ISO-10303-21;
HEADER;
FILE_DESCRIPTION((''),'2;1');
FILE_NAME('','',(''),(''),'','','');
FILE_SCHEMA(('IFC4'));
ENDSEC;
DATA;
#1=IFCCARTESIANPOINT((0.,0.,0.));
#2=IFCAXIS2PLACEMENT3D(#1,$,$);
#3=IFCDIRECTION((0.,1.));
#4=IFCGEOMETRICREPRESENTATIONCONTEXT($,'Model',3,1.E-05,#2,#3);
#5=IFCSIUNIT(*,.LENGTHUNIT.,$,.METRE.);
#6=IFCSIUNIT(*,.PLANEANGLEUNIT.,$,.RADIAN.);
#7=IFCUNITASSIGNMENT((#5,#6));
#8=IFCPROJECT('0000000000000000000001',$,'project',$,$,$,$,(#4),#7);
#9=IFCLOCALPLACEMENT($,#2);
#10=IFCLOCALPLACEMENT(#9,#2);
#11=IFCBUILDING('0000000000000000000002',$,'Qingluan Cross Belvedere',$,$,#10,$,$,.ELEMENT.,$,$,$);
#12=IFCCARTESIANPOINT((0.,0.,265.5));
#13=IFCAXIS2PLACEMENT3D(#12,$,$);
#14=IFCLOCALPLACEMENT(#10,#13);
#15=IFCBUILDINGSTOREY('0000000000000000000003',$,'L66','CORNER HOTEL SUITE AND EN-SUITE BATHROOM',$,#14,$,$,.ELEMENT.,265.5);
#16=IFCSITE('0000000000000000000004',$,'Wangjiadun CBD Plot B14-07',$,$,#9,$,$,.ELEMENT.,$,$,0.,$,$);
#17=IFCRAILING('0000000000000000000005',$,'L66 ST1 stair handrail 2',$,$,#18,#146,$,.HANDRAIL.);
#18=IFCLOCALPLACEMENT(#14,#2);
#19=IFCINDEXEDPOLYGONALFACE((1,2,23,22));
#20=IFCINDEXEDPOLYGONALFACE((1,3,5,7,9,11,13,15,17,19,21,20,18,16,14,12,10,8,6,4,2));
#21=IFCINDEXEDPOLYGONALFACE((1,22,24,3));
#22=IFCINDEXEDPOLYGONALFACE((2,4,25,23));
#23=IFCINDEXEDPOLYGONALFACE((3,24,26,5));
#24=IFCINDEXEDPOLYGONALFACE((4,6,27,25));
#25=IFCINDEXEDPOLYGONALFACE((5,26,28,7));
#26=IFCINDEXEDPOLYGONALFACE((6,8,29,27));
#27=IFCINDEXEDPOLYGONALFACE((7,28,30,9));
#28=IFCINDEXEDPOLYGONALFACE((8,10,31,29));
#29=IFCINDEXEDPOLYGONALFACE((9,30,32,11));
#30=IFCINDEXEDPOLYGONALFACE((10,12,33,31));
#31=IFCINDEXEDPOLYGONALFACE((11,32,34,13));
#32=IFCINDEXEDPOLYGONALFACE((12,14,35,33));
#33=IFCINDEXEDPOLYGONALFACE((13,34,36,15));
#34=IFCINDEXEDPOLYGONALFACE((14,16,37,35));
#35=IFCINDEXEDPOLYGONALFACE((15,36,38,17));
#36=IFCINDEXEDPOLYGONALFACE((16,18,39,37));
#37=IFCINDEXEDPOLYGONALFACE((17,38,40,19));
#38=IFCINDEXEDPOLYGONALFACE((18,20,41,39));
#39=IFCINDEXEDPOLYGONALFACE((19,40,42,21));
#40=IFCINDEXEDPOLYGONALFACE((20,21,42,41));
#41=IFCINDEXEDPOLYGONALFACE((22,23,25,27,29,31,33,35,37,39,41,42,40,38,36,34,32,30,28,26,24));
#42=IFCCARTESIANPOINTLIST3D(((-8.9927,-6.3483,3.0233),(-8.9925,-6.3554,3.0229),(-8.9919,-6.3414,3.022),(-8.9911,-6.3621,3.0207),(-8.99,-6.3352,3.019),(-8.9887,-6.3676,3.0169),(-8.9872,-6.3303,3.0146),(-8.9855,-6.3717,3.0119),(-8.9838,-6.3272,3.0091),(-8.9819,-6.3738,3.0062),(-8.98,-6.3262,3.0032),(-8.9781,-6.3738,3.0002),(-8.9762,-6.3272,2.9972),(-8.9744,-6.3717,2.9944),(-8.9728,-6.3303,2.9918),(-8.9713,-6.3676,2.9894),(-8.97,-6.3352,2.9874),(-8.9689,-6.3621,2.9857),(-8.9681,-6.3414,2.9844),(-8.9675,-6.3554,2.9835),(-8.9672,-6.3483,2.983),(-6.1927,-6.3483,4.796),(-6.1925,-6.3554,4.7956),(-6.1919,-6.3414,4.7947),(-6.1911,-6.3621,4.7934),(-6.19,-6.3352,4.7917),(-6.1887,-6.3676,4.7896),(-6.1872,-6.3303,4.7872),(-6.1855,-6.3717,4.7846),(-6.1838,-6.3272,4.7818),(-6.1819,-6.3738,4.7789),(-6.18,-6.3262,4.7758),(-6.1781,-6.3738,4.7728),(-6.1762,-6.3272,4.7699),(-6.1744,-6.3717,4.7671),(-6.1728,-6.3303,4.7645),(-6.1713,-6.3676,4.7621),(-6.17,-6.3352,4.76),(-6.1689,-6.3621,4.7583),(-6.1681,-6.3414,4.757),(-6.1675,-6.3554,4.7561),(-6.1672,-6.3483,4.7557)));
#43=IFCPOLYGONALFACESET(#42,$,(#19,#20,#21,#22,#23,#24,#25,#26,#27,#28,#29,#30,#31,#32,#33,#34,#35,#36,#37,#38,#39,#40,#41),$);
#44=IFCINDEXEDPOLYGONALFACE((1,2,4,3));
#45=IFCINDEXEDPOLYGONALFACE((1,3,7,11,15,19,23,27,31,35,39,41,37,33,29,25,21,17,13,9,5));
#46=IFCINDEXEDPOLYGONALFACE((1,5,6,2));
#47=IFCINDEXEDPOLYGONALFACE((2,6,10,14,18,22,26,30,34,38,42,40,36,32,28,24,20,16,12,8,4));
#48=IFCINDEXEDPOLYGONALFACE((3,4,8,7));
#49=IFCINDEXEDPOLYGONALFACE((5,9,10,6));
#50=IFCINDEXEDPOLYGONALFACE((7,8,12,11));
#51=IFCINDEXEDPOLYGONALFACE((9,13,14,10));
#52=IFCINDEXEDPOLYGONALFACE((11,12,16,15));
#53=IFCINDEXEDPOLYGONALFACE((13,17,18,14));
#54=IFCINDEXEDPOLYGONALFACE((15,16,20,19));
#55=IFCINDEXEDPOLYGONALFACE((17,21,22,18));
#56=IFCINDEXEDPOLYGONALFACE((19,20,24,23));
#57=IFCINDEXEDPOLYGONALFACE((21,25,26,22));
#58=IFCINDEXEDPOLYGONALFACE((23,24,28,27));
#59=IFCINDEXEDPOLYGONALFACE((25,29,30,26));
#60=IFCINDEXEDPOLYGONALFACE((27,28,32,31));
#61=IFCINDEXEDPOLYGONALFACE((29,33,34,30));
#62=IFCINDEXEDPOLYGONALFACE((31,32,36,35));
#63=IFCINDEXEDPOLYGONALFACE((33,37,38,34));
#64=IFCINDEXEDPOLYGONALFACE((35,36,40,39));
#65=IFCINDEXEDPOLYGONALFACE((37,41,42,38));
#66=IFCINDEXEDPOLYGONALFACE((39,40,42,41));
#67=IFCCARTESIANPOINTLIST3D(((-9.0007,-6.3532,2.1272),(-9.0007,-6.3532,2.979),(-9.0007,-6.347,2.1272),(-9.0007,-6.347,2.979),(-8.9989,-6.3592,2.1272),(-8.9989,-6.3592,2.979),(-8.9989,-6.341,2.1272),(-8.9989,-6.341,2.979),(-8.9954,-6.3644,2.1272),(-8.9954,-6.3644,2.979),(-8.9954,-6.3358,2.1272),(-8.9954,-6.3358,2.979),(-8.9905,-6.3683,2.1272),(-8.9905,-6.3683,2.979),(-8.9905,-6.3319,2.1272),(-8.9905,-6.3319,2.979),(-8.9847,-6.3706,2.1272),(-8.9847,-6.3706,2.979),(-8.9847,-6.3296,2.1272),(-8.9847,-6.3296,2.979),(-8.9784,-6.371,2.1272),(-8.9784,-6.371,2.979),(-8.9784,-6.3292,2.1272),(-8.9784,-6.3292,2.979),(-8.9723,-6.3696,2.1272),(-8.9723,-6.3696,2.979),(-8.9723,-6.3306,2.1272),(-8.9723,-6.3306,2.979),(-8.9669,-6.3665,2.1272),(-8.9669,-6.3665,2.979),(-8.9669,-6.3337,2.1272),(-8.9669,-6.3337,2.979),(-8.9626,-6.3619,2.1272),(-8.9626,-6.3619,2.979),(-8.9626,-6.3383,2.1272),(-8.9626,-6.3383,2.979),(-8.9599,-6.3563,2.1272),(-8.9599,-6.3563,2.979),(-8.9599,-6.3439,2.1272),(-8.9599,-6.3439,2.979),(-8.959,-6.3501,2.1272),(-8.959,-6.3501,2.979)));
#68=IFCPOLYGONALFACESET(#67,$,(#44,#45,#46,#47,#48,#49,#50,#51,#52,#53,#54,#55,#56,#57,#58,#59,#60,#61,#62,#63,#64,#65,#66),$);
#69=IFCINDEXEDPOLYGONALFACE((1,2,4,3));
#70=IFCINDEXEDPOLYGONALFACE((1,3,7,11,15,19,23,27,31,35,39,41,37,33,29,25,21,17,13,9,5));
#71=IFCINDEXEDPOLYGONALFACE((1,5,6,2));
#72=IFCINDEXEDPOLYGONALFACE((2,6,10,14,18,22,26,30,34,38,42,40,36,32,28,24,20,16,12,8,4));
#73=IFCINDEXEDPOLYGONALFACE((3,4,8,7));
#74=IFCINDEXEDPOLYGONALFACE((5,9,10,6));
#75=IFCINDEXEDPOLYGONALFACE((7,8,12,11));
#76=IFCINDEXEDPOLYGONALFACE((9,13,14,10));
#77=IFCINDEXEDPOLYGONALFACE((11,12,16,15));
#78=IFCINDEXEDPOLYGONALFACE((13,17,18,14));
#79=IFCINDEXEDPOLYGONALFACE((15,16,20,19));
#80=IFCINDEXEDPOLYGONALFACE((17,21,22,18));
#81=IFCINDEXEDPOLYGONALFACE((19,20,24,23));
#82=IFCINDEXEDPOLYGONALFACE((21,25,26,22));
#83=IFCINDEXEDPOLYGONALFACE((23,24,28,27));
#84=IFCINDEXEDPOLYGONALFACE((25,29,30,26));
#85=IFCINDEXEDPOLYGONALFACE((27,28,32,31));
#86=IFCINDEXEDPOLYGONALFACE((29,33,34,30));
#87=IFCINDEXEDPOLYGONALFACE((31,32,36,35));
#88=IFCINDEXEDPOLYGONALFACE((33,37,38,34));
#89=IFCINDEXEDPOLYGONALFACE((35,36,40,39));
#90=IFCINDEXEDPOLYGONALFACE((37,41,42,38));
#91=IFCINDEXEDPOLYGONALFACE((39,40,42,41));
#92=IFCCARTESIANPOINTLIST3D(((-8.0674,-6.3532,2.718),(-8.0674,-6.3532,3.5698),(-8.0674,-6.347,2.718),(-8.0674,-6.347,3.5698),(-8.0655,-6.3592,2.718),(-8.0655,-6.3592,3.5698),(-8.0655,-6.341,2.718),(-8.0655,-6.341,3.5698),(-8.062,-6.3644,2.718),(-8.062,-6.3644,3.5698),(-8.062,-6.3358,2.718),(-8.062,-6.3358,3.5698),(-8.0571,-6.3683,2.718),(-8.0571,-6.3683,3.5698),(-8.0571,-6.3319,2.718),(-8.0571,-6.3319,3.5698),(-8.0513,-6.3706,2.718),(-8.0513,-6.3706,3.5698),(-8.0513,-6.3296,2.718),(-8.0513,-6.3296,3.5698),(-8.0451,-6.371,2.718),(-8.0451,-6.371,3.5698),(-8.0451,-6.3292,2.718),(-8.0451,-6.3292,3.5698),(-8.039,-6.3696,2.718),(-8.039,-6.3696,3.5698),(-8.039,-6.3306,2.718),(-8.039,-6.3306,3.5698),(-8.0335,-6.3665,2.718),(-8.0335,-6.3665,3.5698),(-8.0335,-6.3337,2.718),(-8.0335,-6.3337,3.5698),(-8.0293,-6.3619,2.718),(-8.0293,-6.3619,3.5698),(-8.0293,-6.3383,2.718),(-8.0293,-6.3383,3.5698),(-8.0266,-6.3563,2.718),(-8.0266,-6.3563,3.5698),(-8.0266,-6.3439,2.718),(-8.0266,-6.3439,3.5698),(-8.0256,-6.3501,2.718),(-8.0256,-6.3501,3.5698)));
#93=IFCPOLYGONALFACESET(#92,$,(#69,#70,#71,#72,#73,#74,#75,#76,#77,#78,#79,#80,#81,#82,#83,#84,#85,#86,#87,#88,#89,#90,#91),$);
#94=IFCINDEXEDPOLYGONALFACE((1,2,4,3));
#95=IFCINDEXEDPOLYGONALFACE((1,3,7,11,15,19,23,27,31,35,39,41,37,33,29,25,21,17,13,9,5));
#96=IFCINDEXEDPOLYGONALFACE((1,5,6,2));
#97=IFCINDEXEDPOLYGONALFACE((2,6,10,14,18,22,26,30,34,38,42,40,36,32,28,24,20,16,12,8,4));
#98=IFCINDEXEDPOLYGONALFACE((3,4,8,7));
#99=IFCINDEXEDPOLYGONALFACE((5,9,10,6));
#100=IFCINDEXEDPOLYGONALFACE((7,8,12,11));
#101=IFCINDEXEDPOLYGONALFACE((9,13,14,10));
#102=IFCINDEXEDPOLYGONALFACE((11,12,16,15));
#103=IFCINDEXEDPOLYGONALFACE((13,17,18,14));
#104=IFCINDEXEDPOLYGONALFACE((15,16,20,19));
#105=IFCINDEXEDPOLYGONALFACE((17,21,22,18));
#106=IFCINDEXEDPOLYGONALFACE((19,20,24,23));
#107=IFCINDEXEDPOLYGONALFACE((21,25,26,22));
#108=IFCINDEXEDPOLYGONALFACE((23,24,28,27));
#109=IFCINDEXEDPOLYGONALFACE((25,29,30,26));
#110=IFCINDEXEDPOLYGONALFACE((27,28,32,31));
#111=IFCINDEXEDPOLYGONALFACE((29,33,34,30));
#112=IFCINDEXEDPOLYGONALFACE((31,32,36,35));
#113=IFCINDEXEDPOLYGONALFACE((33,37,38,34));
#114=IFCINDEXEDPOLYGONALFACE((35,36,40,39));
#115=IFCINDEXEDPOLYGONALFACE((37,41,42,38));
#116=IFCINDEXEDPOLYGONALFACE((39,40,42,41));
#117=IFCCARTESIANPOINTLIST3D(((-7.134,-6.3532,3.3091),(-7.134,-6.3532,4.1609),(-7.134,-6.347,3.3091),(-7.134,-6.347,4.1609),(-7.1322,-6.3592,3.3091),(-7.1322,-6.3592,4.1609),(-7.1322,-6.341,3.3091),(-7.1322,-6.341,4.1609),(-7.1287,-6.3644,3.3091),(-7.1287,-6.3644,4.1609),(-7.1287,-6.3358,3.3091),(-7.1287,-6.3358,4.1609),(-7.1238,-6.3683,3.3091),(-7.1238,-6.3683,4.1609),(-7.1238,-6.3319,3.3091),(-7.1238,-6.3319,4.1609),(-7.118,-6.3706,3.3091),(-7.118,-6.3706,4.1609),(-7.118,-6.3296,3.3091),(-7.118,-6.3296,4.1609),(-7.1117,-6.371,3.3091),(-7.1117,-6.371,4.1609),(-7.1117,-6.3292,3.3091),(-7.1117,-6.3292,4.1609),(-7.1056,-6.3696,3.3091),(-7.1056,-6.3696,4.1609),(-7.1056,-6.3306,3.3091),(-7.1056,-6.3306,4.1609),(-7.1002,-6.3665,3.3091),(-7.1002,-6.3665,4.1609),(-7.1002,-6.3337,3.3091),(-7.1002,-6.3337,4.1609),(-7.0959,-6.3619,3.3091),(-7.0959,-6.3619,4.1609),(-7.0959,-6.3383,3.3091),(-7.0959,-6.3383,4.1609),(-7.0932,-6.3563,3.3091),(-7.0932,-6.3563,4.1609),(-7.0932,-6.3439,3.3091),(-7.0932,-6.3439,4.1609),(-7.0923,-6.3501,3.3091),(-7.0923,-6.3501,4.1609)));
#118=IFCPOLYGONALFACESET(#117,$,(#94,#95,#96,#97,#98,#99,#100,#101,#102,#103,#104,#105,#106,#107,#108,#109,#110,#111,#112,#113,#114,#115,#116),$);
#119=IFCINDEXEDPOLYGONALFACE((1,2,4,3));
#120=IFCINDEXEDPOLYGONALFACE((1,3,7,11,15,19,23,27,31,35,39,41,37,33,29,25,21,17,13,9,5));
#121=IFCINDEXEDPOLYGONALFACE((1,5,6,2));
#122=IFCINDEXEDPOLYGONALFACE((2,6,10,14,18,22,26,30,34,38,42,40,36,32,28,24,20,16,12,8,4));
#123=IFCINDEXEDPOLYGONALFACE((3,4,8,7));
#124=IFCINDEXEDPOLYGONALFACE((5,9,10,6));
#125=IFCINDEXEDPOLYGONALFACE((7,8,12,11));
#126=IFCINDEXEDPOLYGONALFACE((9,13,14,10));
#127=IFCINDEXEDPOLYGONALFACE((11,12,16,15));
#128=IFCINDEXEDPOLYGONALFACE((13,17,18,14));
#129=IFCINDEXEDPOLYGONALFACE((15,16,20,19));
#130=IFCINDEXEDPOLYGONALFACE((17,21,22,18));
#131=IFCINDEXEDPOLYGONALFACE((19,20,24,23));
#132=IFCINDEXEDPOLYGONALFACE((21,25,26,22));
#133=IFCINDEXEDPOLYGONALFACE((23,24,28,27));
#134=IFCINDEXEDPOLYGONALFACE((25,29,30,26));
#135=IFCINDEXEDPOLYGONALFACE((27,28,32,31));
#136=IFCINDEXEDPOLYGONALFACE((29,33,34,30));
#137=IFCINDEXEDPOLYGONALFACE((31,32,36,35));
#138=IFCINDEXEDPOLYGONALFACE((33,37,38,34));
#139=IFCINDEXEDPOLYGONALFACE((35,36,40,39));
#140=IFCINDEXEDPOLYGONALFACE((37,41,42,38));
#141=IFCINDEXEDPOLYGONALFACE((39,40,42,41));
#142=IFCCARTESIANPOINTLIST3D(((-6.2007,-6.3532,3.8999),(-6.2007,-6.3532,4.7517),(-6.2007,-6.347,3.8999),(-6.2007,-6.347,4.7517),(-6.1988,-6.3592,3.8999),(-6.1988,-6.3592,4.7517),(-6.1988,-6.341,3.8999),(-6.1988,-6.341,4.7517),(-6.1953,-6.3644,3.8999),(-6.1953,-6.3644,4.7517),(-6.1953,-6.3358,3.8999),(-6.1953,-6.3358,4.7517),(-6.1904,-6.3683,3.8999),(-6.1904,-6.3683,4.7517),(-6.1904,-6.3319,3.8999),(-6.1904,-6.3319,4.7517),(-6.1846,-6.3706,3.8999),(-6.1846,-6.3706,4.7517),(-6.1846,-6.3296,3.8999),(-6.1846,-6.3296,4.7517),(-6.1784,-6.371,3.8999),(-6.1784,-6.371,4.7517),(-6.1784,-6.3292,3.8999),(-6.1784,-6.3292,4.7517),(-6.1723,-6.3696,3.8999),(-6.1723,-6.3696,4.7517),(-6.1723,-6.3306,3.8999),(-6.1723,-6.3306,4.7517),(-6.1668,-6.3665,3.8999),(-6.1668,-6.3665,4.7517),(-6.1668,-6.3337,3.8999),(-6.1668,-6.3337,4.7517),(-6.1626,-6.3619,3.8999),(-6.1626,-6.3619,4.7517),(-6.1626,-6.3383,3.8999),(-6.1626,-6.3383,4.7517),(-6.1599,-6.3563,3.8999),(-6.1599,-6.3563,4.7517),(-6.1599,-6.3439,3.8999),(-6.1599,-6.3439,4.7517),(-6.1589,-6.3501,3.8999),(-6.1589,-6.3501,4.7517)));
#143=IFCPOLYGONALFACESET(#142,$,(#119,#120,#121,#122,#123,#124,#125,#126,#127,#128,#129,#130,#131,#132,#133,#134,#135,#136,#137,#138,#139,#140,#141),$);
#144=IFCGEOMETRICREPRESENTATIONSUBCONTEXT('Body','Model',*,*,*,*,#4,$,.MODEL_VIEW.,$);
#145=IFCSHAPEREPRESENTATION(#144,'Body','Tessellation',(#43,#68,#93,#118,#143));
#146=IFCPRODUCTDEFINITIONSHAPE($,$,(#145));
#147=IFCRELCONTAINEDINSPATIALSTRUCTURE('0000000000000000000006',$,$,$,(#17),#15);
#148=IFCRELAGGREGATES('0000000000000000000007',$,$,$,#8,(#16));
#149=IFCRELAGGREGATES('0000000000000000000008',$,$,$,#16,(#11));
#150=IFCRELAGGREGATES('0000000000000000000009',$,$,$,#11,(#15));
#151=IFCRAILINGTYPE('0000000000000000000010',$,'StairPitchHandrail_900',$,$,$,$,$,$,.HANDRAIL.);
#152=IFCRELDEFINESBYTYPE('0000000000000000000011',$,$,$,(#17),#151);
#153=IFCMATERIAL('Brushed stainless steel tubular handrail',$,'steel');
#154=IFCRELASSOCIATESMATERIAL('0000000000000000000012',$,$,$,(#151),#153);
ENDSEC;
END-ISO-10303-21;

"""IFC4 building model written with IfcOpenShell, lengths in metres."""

from ifc_helpers import new_model, si_unit, direction, frame, origin, origin_2d, place, context, subcontext, project, spatial, circle, extrude, material, type_object, element, save


model = new_model("IFC4")

# Units and contexts
model_context = context("Model", 3, precision=1e-05, world=origin(), true_north=direction((0.0, 1.0)))
body_context = subcontext(model_context, "Body", "Model", "MODEL_VIEW")
ifc_project = project(units=[si_unit("LENGTHUNIT", "METRE"), si_unit("PLANEANGLEUNIT", "RADIAN")], contexts=[model_context])

# Site, building, storey
site_placement = place(None, origin())
site = spatial("IfcSite", under=ifc_project, at=site_placement, Name="Wangjiadun CBD Plot B14-07", CompositionType="ELEMENT", RefElevation=0.0)
building_placement = place(site_placement, origin())
building = spatial("IfcBuilding", under=site, at=building_placement, Name="Qingluan Cross Belvedere", CompositionType="ELEMENT")
storey_placement = place(building_placement, frame((0.0, 0.0, 265.5)))
storey = spatial("IfcBuildingStorey", under=building, at=storey_placement, Name="L66", Description="CORNER HOTEL SUITE AND EN-SUITE BATHROOM", CompositionType="ELEMENT", Elevation=265.5)

# Railing
ifc_material_1 = material(Name="Brushed stainless steel tubular handrail", Category="steel")
railing_type_1 = type_object("IfcRailingType", Name="StairPitchHandrail_900", PredefinedType="HANDRAIL", material=ifc_material_1)
railing_1_placement = place(storey_placement, frame((-8.98, -6.3501, 2.1272)))
element("IfcRailing", 1, at=railing_1_placement, inside=storey, type_object=railing_type_1, Name="L66 ST1 stair handrail 2", PredefinedType="HANDRAIL", context=body_context, shape_type="SweptSolid", body=[
    extrude(circle(Radius=0.0239, at=origin_2d()), frame((0.0, 0.0, 0.876), z_axis=(0.844909, 0.0, 0.53491), x_axis=(0.0, 1.0, 0.0)), (0.0, 0.0, 1.0), 3.314),
    extrude(circle(Radius=0.021, at=origin_2d()), origin(), (0.0, 0.0, 1.0), 0.8518),
    extrude(circle(Radius=0.021, at=origin_2d()), frame((0.9333, 0.0, 0.5908)), (0.0, 0.0, 1.0), 0.8518),
    extrude(circle(Radius=0.021, at=origin_2d()), frame((1.8667, 0.0, 1.1819)), (0.0, 0.0, 1.0), 0.8518),
    extrude(circle(Radius=0.021, at=origin_2d()), frame((2.8, 0.0, 1.7727)), (0.0, 0.0, 1.0), 0.8518),
])

save(model, "model.ifc")
